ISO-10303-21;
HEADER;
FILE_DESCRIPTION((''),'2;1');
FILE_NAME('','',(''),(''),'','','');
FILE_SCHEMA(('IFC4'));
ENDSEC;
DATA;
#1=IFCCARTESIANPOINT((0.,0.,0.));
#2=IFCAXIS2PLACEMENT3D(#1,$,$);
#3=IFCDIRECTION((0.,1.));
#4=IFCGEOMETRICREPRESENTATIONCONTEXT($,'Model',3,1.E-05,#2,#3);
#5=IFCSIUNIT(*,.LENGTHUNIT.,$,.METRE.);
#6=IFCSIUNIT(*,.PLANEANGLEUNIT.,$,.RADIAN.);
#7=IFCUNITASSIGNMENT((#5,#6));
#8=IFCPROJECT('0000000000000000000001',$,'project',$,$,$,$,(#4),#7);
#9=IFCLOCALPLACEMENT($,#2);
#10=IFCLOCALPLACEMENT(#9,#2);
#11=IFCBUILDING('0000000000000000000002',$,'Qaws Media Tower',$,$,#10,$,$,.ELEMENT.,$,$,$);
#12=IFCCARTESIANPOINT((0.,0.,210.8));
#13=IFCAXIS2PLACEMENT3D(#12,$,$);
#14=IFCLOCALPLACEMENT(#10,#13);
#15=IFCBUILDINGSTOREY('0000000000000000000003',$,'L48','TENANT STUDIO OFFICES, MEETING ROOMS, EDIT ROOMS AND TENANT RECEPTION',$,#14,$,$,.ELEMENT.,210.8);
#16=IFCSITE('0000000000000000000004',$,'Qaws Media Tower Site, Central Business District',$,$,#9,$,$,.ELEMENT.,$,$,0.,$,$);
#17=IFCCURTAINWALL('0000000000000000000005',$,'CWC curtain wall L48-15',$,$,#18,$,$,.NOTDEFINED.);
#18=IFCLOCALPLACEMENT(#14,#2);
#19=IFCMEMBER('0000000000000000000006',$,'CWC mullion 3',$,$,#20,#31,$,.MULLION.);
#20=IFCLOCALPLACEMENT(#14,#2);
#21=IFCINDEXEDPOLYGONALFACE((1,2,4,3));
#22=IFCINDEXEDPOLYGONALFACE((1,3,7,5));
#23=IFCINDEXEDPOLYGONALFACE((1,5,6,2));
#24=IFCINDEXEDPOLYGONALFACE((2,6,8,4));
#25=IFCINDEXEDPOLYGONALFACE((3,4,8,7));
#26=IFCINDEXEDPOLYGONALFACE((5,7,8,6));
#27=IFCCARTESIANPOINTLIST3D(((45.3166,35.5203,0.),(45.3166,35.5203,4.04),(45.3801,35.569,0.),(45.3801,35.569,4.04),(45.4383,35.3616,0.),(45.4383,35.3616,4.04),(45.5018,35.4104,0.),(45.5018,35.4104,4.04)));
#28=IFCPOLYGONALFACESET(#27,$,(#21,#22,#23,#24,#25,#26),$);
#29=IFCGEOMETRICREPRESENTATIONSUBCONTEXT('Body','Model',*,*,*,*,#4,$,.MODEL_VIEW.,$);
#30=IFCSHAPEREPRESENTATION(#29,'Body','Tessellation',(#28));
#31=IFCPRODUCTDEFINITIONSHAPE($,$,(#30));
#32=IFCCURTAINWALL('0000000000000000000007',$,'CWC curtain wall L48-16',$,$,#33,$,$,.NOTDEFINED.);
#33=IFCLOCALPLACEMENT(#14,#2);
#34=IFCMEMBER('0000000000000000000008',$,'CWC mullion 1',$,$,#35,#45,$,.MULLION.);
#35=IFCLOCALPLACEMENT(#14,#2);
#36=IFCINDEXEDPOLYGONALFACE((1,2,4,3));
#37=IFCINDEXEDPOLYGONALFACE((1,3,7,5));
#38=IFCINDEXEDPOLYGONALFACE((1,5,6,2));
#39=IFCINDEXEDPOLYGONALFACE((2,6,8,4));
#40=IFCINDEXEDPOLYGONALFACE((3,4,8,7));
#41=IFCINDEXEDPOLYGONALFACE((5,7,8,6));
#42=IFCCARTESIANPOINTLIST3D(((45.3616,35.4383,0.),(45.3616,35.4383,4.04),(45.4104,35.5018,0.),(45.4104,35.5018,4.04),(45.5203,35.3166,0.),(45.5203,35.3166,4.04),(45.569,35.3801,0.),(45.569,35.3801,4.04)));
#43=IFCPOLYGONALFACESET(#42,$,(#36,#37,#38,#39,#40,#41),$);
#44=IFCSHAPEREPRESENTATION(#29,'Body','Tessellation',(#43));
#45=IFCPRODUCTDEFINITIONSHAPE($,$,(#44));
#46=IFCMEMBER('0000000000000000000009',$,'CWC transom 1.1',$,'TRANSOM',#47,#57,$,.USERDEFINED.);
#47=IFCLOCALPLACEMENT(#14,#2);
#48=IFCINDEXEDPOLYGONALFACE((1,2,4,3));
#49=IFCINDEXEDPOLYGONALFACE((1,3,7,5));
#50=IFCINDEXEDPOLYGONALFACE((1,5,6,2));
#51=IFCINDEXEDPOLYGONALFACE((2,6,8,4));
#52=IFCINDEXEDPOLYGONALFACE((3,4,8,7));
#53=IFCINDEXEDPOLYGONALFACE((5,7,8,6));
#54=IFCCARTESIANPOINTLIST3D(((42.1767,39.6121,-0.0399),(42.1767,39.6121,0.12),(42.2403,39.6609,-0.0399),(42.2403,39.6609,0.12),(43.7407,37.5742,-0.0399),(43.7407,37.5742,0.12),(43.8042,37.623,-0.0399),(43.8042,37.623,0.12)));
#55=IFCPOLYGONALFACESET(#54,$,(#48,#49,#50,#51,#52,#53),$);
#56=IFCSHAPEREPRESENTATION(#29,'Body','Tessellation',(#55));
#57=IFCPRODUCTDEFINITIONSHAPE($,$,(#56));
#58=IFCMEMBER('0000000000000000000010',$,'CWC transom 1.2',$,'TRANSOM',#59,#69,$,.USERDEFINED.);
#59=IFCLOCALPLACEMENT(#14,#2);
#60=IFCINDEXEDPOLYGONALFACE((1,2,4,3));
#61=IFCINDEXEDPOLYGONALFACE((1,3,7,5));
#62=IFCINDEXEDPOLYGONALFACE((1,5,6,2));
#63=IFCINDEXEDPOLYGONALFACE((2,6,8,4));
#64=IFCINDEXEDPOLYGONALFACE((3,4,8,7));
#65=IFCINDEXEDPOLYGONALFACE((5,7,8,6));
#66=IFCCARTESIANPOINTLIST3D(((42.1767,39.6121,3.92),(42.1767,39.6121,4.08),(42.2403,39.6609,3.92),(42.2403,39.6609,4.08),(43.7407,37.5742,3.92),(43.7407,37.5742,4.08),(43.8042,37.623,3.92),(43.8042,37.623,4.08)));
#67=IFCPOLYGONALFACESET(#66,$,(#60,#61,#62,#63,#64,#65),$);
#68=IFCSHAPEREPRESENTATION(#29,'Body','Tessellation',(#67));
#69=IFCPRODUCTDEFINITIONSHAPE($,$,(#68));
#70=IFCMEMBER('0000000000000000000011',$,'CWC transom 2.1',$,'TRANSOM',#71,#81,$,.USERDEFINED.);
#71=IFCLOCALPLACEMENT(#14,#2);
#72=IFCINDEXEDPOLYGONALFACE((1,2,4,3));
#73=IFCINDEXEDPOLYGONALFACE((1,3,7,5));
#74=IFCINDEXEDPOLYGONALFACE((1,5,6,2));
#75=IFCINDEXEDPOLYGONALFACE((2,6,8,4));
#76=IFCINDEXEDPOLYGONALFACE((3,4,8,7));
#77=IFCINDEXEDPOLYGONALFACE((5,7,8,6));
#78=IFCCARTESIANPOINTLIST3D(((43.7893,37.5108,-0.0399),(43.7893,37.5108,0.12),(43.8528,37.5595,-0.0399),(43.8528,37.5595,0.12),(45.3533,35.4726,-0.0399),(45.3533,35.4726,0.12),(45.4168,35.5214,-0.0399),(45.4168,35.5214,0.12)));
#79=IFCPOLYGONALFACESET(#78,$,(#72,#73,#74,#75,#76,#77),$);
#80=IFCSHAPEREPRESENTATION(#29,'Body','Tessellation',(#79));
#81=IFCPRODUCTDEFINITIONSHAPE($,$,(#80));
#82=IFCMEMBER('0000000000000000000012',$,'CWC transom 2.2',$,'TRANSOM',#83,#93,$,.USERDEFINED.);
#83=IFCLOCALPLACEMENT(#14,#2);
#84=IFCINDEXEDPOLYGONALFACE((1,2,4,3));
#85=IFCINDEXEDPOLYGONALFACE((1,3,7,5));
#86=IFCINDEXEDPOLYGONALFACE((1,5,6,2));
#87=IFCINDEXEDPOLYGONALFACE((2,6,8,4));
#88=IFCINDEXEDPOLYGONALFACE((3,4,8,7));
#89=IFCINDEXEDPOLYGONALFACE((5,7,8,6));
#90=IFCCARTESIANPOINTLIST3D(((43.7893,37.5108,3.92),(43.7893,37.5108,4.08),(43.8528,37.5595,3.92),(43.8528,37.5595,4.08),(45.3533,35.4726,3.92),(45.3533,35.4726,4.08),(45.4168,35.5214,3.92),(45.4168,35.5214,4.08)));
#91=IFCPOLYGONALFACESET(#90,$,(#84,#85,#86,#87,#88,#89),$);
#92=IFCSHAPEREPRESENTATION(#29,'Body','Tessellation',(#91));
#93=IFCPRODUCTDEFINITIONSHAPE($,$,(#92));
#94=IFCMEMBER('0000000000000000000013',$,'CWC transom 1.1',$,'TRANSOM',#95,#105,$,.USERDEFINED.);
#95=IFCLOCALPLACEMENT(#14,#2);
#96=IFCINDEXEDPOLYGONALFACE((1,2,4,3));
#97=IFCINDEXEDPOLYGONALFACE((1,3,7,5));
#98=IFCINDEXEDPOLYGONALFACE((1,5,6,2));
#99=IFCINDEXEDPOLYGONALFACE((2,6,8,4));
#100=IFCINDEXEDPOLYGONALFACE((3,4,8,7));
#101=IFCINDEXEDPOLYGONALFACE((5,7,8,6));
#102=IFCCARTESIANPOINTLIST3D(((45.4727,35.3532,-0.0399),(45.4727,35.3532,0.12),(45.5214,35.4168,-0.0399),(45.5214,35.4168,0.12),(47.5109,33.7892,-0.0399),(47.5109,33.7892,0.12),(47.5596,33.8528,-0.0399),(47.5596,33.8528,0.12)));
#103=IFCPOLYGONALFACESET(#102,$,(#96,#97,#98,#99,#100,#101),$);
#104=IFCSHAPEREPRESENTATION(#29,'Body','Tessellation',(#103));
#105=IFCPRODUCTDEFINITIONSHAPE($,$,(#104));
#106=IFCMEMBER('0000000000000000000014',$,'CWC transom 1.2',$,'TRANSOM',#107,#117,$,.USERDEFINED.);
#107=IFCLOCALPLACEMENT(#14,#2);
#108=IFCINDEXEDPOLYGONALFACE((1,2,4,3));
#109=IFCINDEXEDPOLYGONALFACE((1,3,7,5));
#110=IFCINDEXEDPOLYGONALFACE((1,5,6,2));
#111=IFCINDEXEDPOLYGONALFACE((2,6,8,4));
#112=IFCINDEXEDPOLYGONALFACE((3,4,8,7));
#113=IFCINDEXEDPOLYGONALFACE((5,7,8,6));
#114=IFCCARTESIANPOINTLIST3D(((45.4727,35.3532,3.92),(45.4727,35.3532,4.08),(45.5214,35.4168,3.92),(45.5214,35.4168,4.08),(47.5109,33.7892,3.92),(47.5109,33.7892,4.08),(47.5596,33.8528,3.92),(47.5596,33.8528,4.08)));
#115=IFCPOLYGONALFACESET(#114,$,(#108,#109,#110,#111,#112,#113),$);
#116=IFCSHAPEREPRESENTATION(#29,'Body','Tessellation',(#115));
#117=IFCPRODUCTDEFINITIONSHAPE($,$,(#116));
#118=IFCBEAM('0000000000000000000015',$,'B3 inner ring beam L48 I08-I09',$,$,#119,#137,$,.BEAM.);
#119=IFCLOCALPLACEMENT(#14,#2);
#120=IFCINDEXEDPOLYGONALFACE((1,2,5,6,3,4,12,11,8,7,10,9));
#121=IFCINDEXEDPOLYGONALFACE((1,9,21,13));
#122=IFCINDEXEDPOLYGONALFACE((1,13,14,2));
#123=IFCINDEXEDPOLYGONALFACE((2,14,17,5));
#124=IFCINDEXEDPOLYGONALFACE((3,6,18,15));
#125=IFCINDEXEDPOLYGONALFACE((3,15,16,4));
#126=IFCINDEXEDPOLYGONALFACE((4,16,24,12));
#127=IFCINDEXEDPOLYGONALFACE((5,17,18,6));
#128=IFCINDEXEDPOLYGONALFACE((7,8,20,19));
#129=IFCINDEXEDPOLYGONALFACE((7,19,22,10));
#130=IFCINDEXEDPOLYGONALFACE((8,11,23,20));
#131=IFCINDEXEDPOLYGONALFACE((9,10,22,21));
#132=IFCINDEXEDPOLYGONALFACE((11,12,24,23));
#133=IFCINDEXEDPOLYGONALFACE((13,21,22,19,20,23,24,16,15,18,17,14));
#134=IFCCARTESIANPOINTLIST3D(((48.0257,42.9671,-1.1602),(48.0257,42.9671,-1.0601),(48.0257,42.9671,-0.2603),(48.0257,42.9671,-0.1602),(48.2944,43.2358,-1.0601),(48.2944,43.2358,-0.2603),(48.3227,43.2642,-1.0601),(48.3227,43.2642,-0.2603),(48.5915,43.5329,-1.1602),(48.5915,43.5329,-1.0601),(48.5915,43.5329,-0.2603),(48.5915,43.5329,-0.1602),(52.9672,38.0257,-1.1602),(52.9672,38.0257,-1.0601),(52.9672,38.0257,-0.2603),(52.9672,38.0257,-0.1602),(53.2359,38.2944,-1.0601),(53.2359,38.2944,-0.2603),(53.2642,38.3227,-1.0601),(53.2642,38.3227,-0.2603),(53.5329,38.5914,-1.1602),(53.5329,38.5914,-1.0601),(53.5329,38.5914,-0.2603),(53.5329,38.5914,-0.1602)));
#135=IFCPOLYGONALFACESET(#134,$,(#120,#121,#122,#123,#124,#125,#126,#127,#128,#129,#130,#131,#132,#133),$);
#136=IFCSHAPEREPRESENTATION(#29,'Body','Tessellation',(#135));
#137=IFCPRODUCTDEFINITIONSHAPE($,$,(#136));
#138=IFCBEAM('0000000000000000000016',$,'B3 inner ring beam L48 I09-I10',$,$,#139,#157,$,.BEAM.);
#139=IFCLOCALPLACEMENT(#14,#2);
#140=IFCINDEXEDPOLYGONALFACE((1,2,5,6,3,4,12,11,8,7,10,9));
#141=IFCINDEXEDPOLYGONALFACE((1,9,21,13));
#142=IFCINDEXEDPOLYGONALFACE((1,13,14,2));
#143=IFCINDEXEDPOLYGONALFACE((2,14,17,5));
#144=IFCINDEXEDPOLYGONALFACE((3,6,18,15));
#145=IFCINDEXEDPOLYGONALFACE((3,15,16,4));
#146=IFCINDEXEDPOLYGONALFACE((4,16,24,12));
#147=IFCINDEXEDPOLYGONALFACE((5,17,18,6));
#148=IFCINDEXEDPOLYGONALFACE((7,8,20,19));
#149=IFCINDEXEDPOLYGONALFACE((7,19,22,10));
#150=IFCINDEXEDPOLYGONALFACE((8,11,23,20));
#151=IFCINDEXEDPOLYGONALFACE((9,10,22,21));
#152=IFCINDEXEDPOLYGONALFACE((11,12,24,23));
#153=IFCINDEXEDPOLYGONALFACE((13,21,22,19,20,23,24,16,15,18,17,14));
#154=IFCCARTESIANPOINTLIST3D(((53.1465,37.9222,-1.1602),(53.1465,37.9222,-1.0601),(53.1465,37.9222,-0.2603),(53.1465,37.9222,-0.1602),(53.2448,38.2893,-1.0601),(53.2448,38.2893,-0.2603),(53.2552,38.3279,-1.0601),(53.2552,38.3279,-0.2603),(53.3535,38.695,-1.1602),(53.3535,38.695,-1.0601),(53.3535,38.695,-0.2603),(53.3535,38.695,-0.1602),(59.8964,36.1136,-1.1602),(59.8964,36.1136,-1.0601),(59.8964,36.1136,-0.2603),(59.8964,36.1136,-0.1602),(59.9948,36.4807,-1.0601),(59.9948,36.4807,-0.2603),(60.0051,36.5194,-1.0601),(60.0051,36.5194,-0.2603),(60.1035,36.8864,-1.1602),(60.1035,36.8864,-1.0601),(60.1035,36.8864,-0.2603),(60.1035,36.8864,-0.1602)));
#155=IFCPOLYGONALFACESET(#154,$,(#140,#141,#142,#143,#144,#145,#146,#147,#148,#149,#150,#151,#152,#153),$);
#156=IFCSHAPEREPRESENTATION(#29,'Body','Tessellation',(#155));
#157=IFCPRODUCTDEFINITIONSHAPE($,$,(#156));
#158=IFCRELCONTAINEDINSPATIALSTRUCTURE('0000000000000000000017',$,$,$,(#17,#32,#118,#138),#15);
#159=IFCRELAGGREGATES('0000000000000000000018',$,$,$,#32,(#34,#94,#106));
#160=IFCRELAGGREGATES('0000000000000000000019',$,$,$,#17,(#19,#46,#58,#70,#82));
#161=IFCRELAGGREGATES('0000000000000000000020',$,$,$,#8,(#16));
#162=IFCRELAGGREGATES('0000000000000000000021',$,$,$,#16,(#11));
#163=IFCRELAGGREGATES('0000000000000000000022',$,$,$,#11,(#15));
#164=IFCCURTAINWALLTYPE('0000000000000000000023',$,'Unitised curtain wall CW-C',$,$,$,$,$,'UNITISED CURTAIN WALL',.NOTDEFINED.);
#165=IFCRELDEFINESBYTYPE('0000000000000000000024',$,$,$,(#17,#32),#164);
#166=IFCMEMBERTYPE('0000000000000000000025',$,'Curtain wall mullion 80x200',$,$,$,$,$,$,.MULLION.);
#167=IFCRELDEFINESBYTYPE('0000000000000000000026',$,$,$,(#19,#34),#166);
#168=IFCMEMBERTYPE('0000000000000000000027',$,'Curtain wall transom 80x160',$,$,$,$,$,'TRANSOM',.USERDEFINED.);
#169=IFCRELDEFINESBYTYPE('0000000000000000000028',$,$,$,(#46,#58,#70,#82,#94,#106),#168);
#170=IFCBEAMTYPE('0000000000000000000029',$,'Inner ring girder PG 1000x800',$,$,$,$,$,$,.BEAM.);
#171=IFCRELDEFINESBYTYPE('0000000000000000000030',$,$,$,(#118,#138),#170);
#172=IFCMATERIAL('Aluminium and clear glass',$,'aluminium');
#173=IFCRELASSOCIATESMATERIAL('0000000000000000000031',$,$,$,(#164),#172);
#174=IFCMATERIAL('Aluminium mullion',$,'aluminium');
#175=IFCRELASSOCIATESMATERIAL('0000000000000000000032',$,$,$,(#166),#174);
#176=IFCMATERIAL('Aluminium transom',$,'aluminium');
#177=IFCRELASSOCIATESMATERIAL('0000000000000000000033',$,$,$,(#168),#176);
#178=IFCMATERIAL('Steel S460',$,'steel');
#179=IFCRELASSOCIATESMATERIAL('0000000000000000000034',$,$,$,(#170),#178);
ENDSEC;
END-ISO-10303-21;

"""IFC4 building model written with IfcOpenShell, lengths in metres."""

from ifc_helpers import new_model, si_unit, direction, frame, origin, origin_2d, place, context, subcontext, project, spatial, rectangle, i_section, extrude, material, material_profile, profile_set, type_object, element, aggregate, save


model = new_model("IFC4")

# Units and contexts
model_context = context("Model", 3, precision=1e-05, world=origin(), true_north=direction((0.0, 1.0)))
body_context = subcontext(model_context, "Body", "Model", "MODEL_VIEW")
ifc_project = project(units=[si_unit("LENGTHUNIT", "METRE"), si_unit("PLANEANGLEUNIT", "RADIAN")], contexts=[model_context])

# Site, building, storey
site_placement = place(None, origin())
site = spatial("IfcSite", under=ifc_project, at=site_placement, Name="Qaws Media Tower Site, Central Business District", CompositionType="ELEMENT", RefElevation=0.0)
building_placement = place(site_placement, origin())
building = spatial("IfcBuilding", under=site, at=building_placement, Name="Qaws Media Tower", CompositionType="ELEMENT")
storey_placement = place(building_placement, frame((0.0, 0.0, 210.8)))
storey = spatial("IfcBuildingStorey", under=building, at=storey_placement, Name="L48", Description="TENANT STUDIO OFFICES, MEETING ROOMS, EDIT ROOMS AND TENANT RECEPTION", CompositionType="ELEMENT", Elevation=210.8)

# Shared definitions
ifc_material_1 = material(Name="Aluminium and clear glass", Category="aluminium")
curtain_wall_type = type_object("IfcCurtainWallType", Name="Unitised curtain wall CW-C", ElementType="UNITISED CURTAIN WALL", PredefinedType="NOTDEFINED", material=ifc_material_1)
ifc_material_2 = material(Name="Aluminium mullion", Category="aluminium")
ifc_material_profile_1 = material_profile(ifc_material_2, rectangle(XDim=0.0801, YDim=0.2, at=origin_2d()), Name="80x200")
ifc_profile_set_1 = profile_set([ifc_material_profile_1], Name="Aluminium mullion")
member_type_1 = type_object("IfcMemberType", Name="Curtain wall mullion 80x200", PredefinedType="MULLION", material=ifc_profile_set_1)

# Curtain wall, member
curtain_wall_1_placement = place(storey_placement, origin())
curtain_wall_1 = element("IfcCurtainWall", 1, at=curtain_wall_1_placement, inside=storey, type_object=curtain_wall_type, Name="CWC curtain wall L48-15", PredefinedType="NOTDEFINED")
member_1_placement = place(storey_placement, frame((45.4092, 35.4653, 0.0), z_axis=(0.0, 0.0, 1.0), x_axis=(0.793353, 0.608761, 0.0)))
member_1 = element("IfcMember", 2, at=member_1_placement, type_object=member_type_1, Name="CWC mullion 3", PredefinedType="MULLION", context=body_context, shape_type="SweptSolid", body=[
    extrude(rectangle(XDim=0.0801, YDim=0.2, at=origin_2d()), origin(), (0.0, 0.0, 1.0), 4.04),
])

# Curtain wall, member
curtain_wall_2_placement = place(storey_placement, origin())
curtain_wall_2 = element("IfcCurtainWall", 3, at=curtain_wall_2_placement, inside=storey, type_object=curtain_wall_type, Name="CWC curtain wall L48-16", PredefinedType="NOTDEFINED")
member_2_placement = place(storey_placement, frame((45.4653, 35.4092, 0.0), z_axis=(0.0, 0.0, 1.0), x_axis=(0.608761, 0.793353, 0.0)))
member_2 = element("IfcMember", 4, at=member_2_placement, type_object=member_type_1, Name="CWC mullion 1", PredefinedType="MULLION", context=body_context, shape_type="SweptSolid", body=[
    extrude(rectangle(XDim=0.0801, YDim=0.2, at=origin_2d()), origin(), (0.0, 0.0, 1.0), 4.04),
])

# Members
ifc_material_3 = material(Name="Aluminium transom", Category="aluminium")
ifc_material_profile_2 = material_profile(ifc_material_3, rectangle(XDim=0.0801, YDim=0.1599, at=origin_2d()), Name="80x160")
ifc_profile_set_2 = profile_set([ifc_material_profile_2], Name="Aluminium transom")
member_type_2 = type_object("IfcMemberType", Name="Curtain wall transom 80x160", ElementType="TRANSOM", PredefinedType="USERDEFINED", material=ifc_profile_set_2)
member_3_placement = place(storey_placement, frame((42.2085, 39.6365, 0.04), z_axis=(0.608829, -0.793302, 0.0), x_axis=(0.793302, 0.608829, 0.0)))
member_3 = element("IfcMember", 5, at=member_3_placement, type_object=member_type_2, Name="CWC transom 1.1", ObjectType="TRANSOM", PredefinedType="USERDEFINED", context=body_context, shape_type="SweptSolid", body=[
    extrude(rectangle(XDim=0.0801, YDim=0.1599, at=origin_2d()), origin(), (0.0, 0.0, 1.0), 2.5688),
])
member_4_placement = place(storey_placement, frame((42.2085, 39.6365, 4.0), z_axis=(0.608829, -0.793302, 0.0), x_axis=(0.793302, 0.608829, 0.0)))
member_4 = element("IfcMember", 6, at=member_4_placement, type_object=member_type_2, Name="CWC transom 1.2", ObjectType="TRANSOM", PredefinedType="USERDEFINED", context=body_context, shape_type="SweptSolid", body=[
    extrude(rectangle(XDim=0.0801, YDim=0.1599, at=origin_2d()), origin(), (0.0, 0.0, 1.0), 2.5688),
])
member_5_placement = place(storey_placement, frame((43.821, 37.5352, 0.04), z_axis=(0.608783, -0.793337, 0.0), x_axis=(0.793337, 0.608783, 0.0)))
member_5 = element("IfcMember", 7, at=member_5_placement, type_object=member_type_2, Name="CWC transom 2.1", ObjectType="TRANSOM", PredefinedType="USERDEFINED", context=body_context, shape_type="SweptSolid", body=[
    extrude(rectangle(XDim=0.0801, YDim=0.1599, at=origin_2d()), origin(), (0.0, 0.0, 1.0), 2.5691),
])
member_6_placement = place(storey_placement, frame((43.821, 37.5352, 4.0), z_axis=(0.608783, -0.793337, 0.0), x_axis=(0.793337, 0.608783, 0.0)))
member_6 = element("IfcMember", 8, at=member_6_placement, type_object=member_type_2, Name="CWC transom 2.2", ObjectType="TRANSOM", PredefinedType="USERDEFINED", context=body_context, shape_type="SweptSolid", body=[
    extrude(rectangle(XDim=0.0801, YDim=0.1599, at=origin_2d()), origin(), (0.0, 0.0, 1.0), 2.5691),
])
member_7_placement = place(storey_placement, frame((45.4971, 35.385, 0.04), z_axis=(0.793337, -0.608783, 0.0), x_axis=(0.608783, 0.793337, 0.0)))
member_7 = element("IfcMember", 9, at=member_7_placement, type_object=member_type_2, Name="CWC transom 1.1", ObjectType="TRANSOM", PredefinedType="USERDEFINED", context=body_context, shape_type="SweptSolid", body=[
    extrude(rectangle(XDim=0.0801, YDim=0.1599, at=origin_2d()), origin(), (0.0, 0.0, 1.0), 2.5691),
])
member_8_placement = place(storey_placement, frame((45.4971, 35.385, 4.0), z_axis=(0.793337, -0.608783, 0.0), x_axis=(0.608783, 0.793337, 0.0)))
member_8 = element("IfcMember", 10, at=member_8_placement, type_object=member_type_2, Name="CWC transom 1.2", ObjectType="TRANSOM", PredefinedType="USERDEFINED", context=body_context, shape_type="SweptSolid", body=[
    extrude(rectangle(XDim=0.0801, YDim=0.1599, at=origin_2d()), origin(), (0.0, 0.0, 1.0), 2.5691),
])
aggregate(curtain_wall_2, [member_2, member_7, member_8])

# Beams
ifc_material_4 = material(Name="Steel S460", Category="steel")
ifc_material_profile_3 = material_profile(ifc_material_4, i_section(OverallWidth=0.8, OverallDepth=1.0, WebThickness=0.04, FlangeThickness=0.1001, at=origin_2d()), Name="PG 1000x800")
ifc_profile_set_3 = profile_set([ifc_material_profile_3], Name="Steel S460")
beam_type_1 = type_object("IfcBeamType", Name="Inner ring girder PG 1000x800", PredefinedType="BEAM", material=ifc_profile_set_3)
beam_1_placement = place(storey_placement, frame((48.3086, 43.25, -0.6602), z_axis=(0.707107, -0.707107, 0.0), x_axis=(0.707107, 0.707107, 0.0)))
element("IfcBeam", 11, at=beam_1_placement, inside=storey, type_object=beam_type_1, Name="B3 inner ring beam L48 I08-I09", PredefinedType="BEAM", context=body_context, shape_type="SweptSolid", body=[
    extrude(i_section(OverallWidth=0.8, OverallDepth=1.0, WebThickness=0.04, FlangeThickness=0.1001, at=origin_2d()), origin(), (0.0, 0.0, 1.0), 6.9883),
])
beam_2_placement = place(storey_placement, frame((53.25, 38.3086, -0.6602), z_axis=(0.965928, -0.258811, 0.0), x_axis=(0.258811, 0.965928, 0.0)))
element("IfcBeam", 12, at=beam_2_placement, inside=storey, type_object=beam_type_1, Name="B3 inner ring beam L48 I09-I10", PredefinedType="BEAM", context=body_context, shape_type="SweptSolid", body=[
    extrude(i_section(OverallWidth=0.8, OverallDepth=1.0, WebThickness=0.04, FlangeThickness=0.1001, at=origin_2d()), origin(), (0.0, 0.0, 1.0), 6.988),
])

aggregate(curtain_wall_1, [member_1, member_3, member_4, member_5, member_6])

save(model, "model.ifc")
